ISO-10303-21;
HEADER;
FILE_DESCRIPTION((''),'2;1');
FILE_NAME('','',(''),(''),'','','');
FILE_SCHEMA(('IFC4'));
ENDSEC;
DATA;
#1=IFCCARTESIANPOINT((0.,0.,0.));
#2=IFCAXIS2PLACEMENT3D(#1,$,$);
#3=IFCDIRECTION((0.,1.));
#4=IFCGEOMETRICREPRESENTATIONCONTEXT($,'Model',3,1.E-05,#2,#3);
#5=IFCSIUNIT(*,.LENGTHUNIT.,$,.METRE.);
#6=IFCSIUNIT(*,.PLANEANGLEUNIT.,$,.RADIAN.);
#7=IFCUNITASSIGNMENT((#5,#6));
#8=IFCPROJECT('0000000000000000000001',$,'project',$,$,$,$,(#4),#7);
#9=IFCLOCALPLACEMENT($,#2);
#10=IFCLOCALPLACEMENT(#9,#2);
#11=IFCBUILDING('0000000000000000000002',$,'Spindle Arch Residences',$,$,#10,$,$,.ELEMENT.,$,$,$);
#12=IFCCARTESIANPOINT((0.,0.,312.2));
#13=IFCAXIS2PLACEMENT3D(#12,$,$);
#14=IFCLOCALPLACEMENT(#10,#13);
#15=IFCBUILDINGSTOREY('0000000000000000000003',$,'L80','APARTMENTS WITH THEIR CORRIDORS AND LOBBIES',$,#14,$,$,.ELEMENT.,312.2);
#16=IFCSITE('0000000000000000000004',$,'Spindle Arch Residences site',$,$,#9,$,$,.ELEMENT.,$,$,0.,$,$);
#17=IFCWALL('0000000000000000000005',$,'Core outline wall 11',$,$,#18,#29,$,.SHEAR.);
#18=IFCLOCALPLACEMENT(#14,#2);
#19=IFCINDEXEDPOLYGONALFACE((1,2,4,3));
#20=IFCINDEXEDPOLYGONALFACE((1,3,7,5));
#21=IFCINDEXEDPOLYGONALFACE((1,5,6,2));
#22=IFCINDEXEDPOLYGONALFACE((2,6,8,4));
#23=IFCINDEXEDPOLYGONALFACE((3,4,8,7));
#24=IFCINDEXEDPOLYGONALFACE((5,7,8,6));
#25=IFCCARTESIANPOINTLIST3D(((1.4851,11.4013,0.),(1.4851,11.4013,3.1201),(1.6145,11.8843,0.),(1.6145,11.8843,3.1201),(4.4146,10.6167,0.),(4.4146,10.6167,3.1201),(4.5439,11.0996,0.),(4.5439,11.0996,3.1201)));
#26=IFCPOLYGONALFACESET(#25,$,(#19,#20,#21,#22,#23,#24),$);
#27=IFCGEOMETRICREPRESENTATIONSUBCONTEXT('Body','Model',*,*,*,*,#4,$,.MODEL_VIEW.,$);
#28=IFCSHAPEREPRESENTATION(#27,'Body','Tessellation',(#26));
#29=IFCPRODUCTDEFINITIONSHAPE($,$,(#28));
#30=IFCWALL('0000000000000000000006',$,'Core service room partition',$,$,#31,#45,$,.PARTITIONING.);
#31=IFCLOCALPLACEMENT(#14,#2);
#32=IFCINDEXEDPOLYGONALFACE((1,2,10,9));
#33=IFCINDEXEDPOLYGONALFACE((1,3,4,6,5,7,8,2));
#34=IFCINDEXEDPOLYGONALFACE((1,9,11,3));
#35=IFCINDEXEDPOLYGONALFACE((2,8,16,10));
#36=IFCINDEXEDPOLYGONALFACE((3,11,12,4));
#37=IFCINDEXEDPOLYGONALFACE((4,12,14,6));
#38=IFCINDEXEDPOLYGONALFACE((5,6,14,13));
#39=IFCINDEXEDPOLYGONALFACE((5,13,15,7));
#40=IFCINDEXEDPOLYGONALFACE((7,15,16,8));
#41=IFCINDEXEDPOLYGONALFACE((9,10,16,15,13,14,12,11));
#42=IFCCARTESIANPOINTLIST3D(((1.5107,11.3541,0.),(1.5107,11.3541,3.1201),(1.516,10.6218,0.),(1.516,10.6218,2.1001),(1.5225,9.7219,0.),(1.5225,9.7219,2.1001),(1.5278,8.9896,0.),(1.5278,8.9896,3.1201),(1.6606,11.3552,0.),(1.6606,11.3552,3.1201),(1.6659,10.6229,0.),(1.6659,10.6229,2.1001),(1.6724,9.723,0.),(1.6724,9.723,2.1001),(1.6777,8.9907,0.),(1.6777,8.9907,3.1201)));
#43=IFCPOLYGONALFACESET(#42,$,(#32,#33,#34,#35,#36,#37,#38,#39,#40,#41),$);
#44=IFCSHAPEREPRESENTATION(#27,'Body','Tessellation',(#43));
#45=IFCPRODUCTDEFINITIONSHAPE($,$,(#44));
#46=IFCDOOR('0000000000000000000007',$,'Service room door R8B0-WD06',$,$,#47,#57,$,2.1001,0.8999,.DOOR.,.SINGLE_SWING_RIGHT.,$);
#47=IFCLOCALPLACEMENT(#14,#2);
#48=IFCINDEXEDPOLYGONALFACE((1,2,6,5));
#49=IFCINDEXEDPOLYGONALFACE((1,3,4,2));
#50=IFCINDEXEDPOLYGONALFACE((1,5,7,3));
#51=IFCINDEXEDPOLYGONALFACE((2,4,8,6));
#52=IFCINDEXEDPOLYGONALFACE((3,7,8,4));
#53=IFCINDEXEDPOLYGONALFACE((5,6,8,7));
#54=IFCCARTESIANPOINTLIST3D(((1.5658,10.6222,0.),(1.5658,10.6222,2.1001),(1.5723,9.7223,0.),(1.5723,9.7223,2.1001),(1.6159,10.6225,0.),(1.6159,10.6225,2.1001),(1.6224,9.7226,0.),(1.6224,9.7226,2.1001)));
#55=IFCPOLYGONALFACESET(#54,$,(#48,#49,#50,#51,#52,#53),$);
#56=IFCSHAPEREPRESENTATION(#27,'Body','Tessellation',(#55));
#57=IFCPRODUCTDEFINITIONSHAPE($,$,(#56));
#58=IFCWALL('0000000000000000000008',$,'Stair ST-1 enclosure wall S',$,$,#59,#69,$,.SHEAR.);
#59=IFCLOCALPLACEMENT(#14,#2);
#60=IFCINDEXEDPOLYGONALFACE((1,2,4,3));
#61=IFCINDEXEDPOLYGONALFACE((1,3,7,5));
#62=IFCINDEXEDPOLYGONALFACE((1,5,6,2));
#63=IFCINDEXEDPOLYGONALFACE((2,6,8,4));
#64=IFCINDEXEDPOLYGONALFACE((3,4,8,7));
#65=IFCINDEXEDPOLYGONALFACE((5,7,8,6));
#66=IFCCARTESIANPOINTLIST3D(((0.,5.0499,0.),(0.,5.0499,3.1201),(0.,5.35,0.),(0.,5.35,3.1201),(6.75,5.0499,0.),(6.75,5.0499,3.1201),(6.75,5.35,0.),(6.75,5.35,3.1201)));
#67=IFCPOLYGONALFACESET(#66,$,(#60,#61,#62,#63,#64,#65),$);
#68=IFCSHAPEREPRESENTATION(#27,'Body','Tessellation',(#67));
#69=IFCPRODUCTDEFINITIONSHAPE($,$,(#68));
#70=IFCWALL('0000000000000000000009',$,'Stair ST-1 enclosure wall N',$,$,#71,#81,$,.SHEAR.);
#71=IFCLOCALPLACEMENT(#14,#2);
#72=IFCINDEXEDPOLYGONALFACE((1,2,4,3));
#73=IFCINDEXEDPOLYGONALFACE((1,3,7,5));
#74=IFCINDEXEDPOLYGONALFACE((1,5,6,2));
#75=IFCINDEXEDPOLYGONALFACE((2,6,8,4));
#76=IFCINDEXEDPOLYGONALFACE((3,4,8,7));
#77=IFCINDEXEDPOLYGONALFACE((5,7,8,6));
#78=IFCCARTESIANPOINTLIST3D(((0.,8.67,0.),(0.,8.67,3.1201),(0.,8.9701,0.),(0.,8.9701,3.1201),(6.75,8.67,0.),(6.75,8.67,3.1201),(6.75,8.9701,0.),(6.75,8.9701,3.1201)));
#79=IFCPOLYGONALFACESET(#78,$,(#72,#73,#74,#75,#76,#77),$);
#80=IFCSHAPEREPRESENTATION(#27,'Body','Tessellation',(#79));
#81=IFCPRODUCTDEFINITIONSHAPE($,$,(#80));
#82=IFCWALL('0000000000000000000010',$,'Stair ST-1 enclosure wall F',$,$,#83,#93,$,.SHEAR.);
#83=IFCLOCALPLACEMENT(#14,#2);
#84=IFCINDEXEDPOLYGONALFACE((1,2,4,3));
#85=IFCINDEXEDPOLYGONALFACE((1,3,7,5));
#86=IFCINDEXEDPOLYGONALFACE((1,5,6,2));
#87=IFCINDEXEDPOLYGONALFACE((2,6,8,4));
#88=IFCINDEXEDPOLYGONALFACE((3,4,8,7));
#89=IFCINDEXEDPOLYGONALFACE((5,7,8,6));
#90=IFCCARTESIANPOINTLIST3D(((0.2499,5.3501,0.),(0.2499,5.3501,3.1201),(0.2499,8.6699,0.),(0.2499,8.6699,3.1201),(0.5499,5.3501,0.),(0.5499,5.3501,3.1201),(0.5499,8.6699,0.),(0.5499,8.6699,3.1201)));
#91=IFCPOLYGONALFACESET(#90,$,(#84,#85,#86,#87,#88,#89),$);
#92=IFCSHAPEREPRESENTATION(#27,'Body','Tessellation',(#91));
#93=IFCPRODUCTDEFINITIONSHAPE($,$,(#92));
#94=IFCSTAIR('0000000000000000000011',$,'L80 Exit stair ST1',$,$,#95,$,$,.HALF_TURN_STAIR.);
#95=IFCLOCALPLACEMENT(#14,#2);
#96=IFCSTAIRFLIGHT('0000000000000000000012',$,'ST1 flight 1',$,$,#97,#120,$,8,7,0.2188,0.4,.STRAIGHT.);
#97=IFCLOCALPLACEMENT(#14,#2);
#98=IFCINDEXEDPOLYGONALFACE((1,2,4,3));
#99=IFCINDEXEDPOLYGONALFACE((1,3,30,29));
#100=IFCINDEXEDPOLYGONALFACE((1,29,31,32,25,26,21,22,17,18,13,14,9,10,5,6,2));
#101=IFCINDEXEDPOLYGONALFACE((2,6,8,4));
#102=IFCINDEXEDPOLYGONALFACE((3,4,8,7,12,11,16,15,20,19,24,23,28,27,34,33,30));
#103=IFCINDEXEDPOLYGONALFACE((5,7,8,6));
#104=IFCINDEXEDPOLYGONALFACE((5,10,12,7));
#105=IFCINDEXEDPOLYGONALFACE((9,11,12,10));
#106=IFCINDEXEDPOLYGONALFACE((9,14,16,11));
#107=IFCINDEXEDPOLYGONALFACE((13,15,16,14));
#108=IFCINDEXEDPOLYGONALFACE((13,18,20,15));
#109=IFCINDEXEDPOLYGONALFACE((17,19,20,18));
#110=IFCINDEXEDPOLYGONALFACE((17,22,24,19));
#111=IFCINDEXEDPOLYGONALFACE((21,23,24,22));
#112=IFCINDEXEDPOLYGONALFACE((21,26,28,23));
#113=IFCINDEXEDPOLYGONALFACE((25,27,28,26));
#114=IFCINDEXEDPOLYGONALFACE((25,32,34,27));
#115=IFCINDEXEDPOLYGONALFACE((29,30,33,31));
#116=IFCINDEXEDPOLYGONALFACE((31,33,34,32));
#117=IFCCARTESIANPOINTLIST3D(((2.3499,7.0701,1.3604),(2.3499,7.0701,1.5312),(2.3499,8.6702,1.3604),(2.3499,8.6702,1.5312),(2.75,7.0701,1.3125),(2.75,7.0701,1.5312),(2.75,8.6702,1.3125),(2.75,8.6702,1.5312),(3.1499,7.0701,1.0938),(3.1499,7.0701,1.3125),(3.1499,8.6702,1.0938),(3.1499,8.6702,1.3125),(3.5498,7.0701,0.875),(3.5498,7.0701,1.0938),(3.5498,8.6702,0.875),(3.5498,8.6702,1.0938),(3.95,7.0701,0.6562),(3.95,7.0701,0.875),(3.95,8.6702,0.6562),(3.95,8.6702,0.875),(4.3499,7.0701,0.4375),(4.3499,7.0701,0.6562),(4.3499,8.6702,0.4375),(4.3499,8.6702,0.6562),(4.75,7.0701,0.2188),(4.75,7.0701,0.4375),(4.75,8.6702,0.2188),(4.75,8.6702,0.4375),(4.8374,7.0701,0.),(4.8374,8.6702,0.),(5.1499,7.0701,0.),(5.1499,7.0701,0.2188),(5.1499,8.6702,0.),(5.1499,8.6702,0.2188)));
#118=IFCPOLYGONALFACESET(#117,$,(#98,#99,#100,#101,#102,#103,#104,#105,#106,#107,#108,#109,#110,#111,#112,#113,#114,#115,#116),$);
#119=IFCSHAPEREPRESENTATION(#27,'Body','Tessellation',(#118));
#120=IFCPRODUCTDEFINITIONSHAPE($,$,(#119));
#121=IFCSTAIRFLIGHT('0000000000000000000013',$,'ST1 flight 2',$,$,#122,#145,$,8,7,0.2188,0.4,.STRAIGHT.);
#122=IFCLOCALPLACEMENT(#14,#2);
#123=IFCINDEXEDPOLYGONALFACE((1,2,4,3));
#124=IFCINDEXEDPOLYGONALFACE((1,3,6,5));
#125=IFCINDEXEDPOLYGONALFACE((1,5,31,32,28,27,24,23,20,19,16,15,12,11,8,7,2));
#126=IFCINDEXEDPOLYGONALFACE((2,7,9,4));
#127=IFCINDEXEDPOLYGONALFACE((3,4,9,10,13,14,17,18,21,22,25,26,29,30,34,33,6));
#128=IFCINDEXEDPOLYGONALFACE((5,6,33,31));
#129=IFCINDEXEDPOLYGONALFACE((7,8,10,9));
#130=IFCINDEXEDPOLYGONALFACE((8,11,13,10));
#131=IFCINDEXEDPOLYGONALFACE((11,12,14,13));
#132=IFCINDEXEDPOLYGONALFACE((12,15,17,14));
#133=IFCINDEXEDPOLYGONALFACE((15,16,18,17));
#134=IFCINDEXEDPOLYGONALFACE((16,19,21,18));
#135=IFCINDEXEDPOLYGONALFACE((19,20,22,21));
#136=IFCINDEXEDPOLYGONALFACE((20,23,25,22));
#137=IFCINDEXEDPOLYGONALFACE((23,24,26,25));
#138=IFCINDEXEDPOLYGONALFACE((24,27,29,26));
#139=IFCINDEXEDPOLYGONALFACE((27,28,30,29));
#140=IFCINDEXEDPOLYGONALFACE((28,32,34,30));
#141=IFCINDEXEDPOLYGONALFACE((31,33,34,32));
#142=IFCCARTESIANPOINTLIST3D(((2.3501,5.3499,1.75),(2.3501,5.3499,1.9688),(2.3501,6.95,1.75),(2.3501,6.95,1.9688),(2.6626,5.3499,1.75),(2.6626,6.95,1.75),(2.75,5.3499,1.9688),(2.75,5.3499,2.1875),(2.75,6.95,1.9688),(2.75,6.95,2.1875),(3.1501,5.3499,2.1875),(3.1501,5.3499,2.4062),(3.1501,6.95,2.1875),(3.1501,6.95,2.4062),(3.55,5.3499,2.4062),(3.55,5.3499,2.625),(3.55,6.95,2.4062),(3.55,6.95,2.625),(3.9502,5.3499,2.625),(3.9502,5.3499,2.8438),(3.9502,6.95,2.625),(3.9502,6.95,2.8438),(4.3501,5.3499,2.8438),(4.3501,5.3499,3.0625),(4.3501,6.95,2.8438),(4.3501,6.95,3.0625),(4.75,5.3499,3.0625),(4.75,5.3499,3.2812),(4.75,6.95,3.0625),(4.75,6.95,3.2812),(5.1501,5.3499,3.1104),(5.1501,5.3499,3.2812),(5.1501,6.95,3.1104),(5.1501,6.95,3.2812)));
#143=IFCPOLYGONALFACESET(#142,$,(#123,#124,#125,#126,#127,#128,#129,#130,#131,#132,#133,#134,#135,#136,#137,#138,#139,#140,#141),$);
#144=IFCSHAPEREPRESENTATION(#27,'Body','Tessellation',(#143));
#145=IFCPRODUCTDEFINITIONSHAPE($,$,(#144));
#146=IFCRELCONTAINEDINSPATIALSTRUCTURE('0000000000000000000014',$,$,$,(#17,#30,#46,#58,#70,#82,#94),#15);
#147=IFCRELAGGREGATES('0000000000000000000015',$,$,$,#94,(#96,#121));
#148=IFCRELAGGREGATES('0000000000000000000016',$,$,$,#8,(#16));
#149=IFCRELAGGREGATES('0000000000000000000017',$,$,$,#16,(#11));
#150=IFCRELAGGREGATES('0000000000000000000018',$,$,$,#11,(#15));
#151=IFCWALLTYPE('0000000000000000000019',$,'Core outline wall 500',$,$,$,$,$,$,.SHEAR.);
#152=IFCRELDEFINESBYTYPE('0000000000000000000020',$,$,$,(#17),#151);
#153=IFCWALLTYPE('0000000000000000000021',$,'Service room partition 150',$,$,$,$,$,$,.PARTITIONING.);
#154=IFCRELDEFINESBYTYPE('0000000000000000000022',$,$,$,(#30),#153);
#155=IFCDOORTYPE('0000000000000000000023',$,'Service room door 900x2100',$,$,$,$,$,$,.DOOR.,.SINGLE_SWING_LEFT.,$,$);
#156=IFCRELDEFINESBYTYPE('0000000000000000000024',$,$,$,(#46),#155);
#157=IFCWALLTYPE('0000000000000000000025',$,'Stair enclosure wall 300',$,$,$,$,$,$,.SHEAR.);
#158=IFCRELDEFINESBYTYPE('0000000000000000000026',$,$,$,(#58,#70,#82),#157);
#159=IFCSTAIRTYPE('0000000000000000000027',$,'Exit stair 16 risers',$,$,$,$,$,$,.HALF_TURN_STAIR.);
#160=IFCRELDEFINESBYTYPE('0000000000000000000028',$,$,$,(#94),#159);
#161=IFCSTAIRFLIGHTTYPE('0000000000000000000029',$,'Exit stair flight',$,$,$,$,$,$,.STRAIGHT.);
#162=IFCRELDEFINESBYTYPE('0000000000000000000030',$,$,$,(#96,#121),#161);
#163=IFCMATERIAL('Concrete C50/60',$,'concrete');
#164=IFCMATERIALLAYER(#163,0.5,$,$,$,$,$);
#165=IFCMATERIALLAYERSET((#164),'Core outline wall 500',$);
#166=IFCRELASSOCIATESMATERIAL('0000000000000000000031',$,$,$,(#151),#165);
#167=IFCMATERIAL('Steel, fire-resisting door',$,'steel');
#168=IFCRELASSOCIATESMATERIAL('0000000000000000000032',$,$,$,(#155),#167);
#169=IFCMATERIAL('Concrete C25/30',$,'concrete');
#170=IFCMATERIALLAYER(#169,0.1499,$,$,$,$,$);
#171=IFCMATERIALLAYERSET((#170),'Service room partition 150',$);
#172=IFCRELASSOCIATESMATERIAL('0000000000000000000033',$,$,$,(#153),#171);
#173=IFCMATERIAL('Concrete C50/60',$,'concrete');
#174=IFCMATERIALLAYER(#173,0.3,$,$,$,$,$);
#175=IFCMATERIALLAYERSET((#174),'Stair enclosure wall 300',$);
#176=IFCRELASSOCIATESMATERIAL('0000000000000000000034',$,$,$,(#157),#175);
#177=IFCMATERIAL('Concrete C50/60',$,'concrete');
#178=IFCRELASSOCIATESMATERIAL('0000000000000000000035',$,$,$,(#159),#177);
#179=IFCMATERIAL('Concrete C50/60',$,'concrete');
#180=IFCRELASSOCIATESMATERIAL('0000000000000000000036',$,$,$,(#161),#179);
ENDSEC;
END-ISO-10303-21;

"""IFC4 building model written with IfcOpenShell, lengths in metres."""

from ifc_helpers import new_model, si_unit, direction, frame, frame_2d, origin, place, context, subcontext, project, spatial, polyline, rectangle, outline, extrude, material, layer, layer_set, type_object, element, fill, aggregate, save


model = new_model("IFC4")

# Units and contexts
model_context = context("Model", 3, precision=1e-05, world=origin(), true_north=direction((0.0, 1.0)))
body_context = subcontext(model_context, "Body", "Model", "MODEL_VIEW")
ifc_project = project(units=[si_unit("LENGTHUNIT", "METRE"), si_unit("PLANEANGLEUNIT", "RADIAN")], contexts=[model_context])

# Site, building, storey
site_placement = place(None, origin())
site = spatial("IfcSite", under=ifc_project, at=site_placement, Name="Spindle Arch Residences site", CompositionType="ELEMENT", RefElevation=0.0)
building_placement = place(site_placement, origin())
building = spatial("IfcBuilding", under=site, at=building_placement, Name="Spindle Arch Residences", CompositionType="ELEMENT")
storey_placement = place(building_placement, frame((0.0, 0.0, 312.2)))
storey = spatial("IfcBuildingStorey", under=building, at=storey_placement, Name="L80", Description="APARTMENTS WITH THEIR CORRIDORS AND LOBBIES", CompositionType="ELEMENT", Elevation=312.2)

# Wall
ifc_material_1 = material(Name="Concrete C50/60", Category="concrete")
ifc_layer_1 = layer(ifc_material_1, 0.5)
ifc_layer_set_1 = layer_set([ifc_layer_1], Name="Core outline wall 500")
wall_type_1 = type_object("IfcWallType", Name="Core outline wall 500", PredefinedType="SHEAR", material=ifc_layer_set_1)
wall_1_placement = place(storey_placement, frame((4.4792, 10.8582, 0.0), z_axis=(0.0, 0.0, 1.0), x_axis=(-0.965948, 0.258735, 0.0)))
element("IfcWall", 1, at=wall_1_placement, inside=storey, type_object=wall_type_1, Name="Core outline wall 11", PredefinedType="SHEAR", context=body_context, shape_type="SweptSolid", body=[
    extrude(rectangle(XDim=3.0327, YDim=0.5, at=frame_2d((1.5164, 0.0))), origin(), (0.0, 0.0, 1.0), 3.1201),
])

# Shared definitions
ifc_material_2 = material(Name="Steel, fire-resisting door", Category="steel")
door_type_1 = type_object("IfcDoorType", Name="Service room door 900x2100", OperationType="SINGLE_SWING_LEFT", PredefinedType="DOOR", material=ifc_material_2)

# Wall, opening, door
ifc_material_3 = material(Name="Concrete C25/30", Category="concrete")
ifc_layer_2 = layer(ifc_material_3, 0.1499)
ifc_layer_set_2 = layer_set([ifc_layer_2], Name="Service room partition 150")
wall_type_2 = type_object("IfcWallType", Name="Service room partition 150", PredefinedType="PARTITIONING", material=ifc_layer_set_2)
wall_2_placement = place(storey_placement, frame((1.5857, 11.3545, 0.0), z_axis=(0.0, 0.0, 1.0), x_axis=(0.007227, -0.999974, 0.0)))
wall_2 = element("IfcWall", 2, at=wall_2_placement, inside=storey, type_object=wall_type_2, Name="Core service room partition", PredefinedType="PARTITIONING", context=body_context, shape_type="SweptSolid", body=[
    extrude(rectangle(XDim=2.3645, YDim=0.1499, at=frame_2d((1.1821, 0.0))), origin(), (0.0, 0.0, 1.0), 3.1201),
])
opening_1_placement = place(wall_2_placement, frame((0.7322, 0.0, 0.0)))
opening_1 = element("IfcOpeningElement", 3, at=opening_1_placement, cuts=wall_2, PredefinedType="OPENING", context=body_context, shape_type="SweptSolid", body=[
    extrude(rectangle(XDim=0.8999, YDim=2.1001, at=frame_2d((0.45, 1.05))), frame((0.0, 0.085, 0.0), z_axis=(0.0, -1.0, 0.0), x_axis=(1.0, 0.0, 0.0)), (0.0, 0.0, 1.0), 0.1699),
])
door_1_placement = place(opening_1_placement, origin())
door_1 = element("IfcDoor", 4, at=door_1_placement, inside=storey, type_object=door_type_1, Name="Service room door R8B0-WD06", OperationType="SINGLE_SWING_RIGHT", OverallHeight=2.1001, OverallWidth=0.8999, PredefinedType="DOOR", context=body_context, shape_type="SweptSolid", body=[
    extrude(rectangle(XDim=0.8999, YDim=2.1001, at=frame_2d((0.45, 1.05))), frame((0.0, 0.0249, 0.0), z_axis=(0.0, -1.0, 0.0), x_axis=(1.0, 0.0, 0.0)), (0.0, 0.0, 1.0), 0.05),
])
fill(opening_1, door_1)

# Walls
ifc_material_4 = material(Name="Concrete C50/60", Category="concrete")
ifc_layer_3 = layer(ifc_material_4, 0.3)
ifc_layer_set_3 = layer_set([ifc_layer_3], Name="Stair enclosure wall 300")
wall_type_3 = type_object("IfcWallType", Name="Stair enclosure wall 300", PredefinedType="SHEAR", material=ifc_layer_set_3)
for number, where, z_axis, x_axis, name in (
    (5, (0.0, 5.2, 0.0), (0.0, 0.0, 1.0), (1.0, 0.0, 0.0), "Stair ST-1 enclosure wall S"),
    (6, (0.0, 8.8201, 0.0), (0.0, 0.0, 1.0), (1.0, 0.0, 0.0), "Stair ST-1 enclosure wall N"),
):
    element("IfcWall", number, at=place(storey_placement, frame(where, z_axis=z_axis, x_axis=x_axis)), inside=storey, type_object=wall_type_3, Name=name, PredefinedType="SHEAR", context=body_context, shape_type="SweptSolid", body=[
        extrude(rectangle(XDim=6.75, YDim=0.3, at=frame_2d((3.375, 0.0))), origin(), (0.0, 0.0, 1.0), 3.1201),
    ])
wall_3_placement = place(storey_placement, frame((0.3999, 5.3501, 0.0), z_axis=(0.0, 0.0, 1.0), x_axis=(0.0, 1.0, 0.0)))
element("IfcWall", 7, at=wall_3_placement, inside=storey, type_object=wall_type_3, Name="Stair ST-1 enclosure wall F", PredefinedType="SHEAR", context=body_context, shape_type="SweptSolid", body=[
    extrude(rectangle(XDim=3.3198, YDim=0.3, at=frame_2d((1.6599, 0.0))), origin(), (0.0, 0.0, 1.0), 3.1201),
])

# Stair, stair flights
ifc_material_5 = material(Name="Concrete C50/60", Category="concrete")
stair_type = type_object("IfcStairType", Name="Exit stair 16 risers", PredefinedType="HALF_TURN_STAIR", material=ifc_material_5)
stair_placement = place(storey_placement, origin())
stair = element("IfcStair", 8, at=stair_placement, inside=storey, type_object=stair_type, Name="L80 Exit stair ST1", PredefinedType="HALF_TURN_STAIR")
ifc_material_6 = material(Name="Concrete C50/60", Category="concrete")
stair_flight_type = type_object("IfcStairFlightType", Name="Exit stair flight", PredefinedType="STRAIGHT", material=ifc_material_6)
stair_flight_1_placement = place(storey_placement, frame((5.1499, 7.8701, 0.0), z_axis=(0.0, 0.0, 1.0), x_axis=(-1.0, 0.0, 0.0)))
stair_flight_1 = element("IfcStairFlight", 9, at=stair_flight_1_placement, type_object=stair_flight_type, Name="ST1 flight 1", NumberOfRisers=8, NumberOfTreads=7, PredefinedType="STRAIGHT", RiserHeight=0.2188, TreadLength=0.4, context=body_context, shape_type="SweptSolid", body=[
    extrude(outline(polyline([(0.0, 0.0), (0.0, 0.2188), (0.3999, 0.2188), (0.3999, 0.4375), (0.8, 0.4375), (0.8, 0.6562), (1.2, 0.6562), (1.2, 0.875), (1.6001, 0.875), (1.6001, 1.0938), (2.0, 1.0938), (2.0, 1.3125), (2.3999, 1.3125), (2.3999, 1.5312), (2.8, 1.5312), (2.8, 1.75), (2.8, 1.3604), (0.3125, 0.0), (0.0, 0.0)])), frame((0.0, 0.8, 0.0), z_axis=(0.0, -1.0, 0.0), x_axis=(1.0, 0.0, 0.0)), (0.0, 0.0, 1.0), 1.6001),
])
stair_flight_2_placement = place(storey_placement, frame((2.3501, 6.1499, 1.75), z_axis=(0.0, 0.0, 1.0), x_axis=(1.0, 0.0, 0.0)))
stair_flight_2 = element("IfcStairFlight", 10, at=stair_flight_2_placement, type_object=stair_flight_type, Name="ST1 flight 2", NumberOfRisers=8, NumberOfTreads=7, PredefinedType="STRAIGHT", RiserHeight=0.2188, TreadLength=0.4, context=body_context, shape_type="SweptSolid", body=[
    extrude(outline(polyline([(0.0, 0.0), (0.0, 0.2188), (0.3999, 0.2188), (0.3999, 0.4375), (0.8, 0.4375), (0.8, 0.6562), (1.2, 0.6562), (1.2, 0.875), (1.6001, 0.875), (1.6001, 1.0938), (2.0, 1.0938), (2.0, 1.3125), (2.3999, 1.3125), (2.3999, 1.5312), (2.8, 1.5312), (2.8, 1.75), (2.8, 1.3604), (0.3125, 0.0), (0.0, 0.0)])), frame((0.0, 0.8, 0.0), z_axis=(0.0, -1.0, 0.0), x_axis=(1.0, 0.0, 0.0)), (0.0, 0.0, 1.0), 1.6001),
])
aggregate(stair, [stair_flight_1, stair_flight_2])

save(model, "model.ifc")
